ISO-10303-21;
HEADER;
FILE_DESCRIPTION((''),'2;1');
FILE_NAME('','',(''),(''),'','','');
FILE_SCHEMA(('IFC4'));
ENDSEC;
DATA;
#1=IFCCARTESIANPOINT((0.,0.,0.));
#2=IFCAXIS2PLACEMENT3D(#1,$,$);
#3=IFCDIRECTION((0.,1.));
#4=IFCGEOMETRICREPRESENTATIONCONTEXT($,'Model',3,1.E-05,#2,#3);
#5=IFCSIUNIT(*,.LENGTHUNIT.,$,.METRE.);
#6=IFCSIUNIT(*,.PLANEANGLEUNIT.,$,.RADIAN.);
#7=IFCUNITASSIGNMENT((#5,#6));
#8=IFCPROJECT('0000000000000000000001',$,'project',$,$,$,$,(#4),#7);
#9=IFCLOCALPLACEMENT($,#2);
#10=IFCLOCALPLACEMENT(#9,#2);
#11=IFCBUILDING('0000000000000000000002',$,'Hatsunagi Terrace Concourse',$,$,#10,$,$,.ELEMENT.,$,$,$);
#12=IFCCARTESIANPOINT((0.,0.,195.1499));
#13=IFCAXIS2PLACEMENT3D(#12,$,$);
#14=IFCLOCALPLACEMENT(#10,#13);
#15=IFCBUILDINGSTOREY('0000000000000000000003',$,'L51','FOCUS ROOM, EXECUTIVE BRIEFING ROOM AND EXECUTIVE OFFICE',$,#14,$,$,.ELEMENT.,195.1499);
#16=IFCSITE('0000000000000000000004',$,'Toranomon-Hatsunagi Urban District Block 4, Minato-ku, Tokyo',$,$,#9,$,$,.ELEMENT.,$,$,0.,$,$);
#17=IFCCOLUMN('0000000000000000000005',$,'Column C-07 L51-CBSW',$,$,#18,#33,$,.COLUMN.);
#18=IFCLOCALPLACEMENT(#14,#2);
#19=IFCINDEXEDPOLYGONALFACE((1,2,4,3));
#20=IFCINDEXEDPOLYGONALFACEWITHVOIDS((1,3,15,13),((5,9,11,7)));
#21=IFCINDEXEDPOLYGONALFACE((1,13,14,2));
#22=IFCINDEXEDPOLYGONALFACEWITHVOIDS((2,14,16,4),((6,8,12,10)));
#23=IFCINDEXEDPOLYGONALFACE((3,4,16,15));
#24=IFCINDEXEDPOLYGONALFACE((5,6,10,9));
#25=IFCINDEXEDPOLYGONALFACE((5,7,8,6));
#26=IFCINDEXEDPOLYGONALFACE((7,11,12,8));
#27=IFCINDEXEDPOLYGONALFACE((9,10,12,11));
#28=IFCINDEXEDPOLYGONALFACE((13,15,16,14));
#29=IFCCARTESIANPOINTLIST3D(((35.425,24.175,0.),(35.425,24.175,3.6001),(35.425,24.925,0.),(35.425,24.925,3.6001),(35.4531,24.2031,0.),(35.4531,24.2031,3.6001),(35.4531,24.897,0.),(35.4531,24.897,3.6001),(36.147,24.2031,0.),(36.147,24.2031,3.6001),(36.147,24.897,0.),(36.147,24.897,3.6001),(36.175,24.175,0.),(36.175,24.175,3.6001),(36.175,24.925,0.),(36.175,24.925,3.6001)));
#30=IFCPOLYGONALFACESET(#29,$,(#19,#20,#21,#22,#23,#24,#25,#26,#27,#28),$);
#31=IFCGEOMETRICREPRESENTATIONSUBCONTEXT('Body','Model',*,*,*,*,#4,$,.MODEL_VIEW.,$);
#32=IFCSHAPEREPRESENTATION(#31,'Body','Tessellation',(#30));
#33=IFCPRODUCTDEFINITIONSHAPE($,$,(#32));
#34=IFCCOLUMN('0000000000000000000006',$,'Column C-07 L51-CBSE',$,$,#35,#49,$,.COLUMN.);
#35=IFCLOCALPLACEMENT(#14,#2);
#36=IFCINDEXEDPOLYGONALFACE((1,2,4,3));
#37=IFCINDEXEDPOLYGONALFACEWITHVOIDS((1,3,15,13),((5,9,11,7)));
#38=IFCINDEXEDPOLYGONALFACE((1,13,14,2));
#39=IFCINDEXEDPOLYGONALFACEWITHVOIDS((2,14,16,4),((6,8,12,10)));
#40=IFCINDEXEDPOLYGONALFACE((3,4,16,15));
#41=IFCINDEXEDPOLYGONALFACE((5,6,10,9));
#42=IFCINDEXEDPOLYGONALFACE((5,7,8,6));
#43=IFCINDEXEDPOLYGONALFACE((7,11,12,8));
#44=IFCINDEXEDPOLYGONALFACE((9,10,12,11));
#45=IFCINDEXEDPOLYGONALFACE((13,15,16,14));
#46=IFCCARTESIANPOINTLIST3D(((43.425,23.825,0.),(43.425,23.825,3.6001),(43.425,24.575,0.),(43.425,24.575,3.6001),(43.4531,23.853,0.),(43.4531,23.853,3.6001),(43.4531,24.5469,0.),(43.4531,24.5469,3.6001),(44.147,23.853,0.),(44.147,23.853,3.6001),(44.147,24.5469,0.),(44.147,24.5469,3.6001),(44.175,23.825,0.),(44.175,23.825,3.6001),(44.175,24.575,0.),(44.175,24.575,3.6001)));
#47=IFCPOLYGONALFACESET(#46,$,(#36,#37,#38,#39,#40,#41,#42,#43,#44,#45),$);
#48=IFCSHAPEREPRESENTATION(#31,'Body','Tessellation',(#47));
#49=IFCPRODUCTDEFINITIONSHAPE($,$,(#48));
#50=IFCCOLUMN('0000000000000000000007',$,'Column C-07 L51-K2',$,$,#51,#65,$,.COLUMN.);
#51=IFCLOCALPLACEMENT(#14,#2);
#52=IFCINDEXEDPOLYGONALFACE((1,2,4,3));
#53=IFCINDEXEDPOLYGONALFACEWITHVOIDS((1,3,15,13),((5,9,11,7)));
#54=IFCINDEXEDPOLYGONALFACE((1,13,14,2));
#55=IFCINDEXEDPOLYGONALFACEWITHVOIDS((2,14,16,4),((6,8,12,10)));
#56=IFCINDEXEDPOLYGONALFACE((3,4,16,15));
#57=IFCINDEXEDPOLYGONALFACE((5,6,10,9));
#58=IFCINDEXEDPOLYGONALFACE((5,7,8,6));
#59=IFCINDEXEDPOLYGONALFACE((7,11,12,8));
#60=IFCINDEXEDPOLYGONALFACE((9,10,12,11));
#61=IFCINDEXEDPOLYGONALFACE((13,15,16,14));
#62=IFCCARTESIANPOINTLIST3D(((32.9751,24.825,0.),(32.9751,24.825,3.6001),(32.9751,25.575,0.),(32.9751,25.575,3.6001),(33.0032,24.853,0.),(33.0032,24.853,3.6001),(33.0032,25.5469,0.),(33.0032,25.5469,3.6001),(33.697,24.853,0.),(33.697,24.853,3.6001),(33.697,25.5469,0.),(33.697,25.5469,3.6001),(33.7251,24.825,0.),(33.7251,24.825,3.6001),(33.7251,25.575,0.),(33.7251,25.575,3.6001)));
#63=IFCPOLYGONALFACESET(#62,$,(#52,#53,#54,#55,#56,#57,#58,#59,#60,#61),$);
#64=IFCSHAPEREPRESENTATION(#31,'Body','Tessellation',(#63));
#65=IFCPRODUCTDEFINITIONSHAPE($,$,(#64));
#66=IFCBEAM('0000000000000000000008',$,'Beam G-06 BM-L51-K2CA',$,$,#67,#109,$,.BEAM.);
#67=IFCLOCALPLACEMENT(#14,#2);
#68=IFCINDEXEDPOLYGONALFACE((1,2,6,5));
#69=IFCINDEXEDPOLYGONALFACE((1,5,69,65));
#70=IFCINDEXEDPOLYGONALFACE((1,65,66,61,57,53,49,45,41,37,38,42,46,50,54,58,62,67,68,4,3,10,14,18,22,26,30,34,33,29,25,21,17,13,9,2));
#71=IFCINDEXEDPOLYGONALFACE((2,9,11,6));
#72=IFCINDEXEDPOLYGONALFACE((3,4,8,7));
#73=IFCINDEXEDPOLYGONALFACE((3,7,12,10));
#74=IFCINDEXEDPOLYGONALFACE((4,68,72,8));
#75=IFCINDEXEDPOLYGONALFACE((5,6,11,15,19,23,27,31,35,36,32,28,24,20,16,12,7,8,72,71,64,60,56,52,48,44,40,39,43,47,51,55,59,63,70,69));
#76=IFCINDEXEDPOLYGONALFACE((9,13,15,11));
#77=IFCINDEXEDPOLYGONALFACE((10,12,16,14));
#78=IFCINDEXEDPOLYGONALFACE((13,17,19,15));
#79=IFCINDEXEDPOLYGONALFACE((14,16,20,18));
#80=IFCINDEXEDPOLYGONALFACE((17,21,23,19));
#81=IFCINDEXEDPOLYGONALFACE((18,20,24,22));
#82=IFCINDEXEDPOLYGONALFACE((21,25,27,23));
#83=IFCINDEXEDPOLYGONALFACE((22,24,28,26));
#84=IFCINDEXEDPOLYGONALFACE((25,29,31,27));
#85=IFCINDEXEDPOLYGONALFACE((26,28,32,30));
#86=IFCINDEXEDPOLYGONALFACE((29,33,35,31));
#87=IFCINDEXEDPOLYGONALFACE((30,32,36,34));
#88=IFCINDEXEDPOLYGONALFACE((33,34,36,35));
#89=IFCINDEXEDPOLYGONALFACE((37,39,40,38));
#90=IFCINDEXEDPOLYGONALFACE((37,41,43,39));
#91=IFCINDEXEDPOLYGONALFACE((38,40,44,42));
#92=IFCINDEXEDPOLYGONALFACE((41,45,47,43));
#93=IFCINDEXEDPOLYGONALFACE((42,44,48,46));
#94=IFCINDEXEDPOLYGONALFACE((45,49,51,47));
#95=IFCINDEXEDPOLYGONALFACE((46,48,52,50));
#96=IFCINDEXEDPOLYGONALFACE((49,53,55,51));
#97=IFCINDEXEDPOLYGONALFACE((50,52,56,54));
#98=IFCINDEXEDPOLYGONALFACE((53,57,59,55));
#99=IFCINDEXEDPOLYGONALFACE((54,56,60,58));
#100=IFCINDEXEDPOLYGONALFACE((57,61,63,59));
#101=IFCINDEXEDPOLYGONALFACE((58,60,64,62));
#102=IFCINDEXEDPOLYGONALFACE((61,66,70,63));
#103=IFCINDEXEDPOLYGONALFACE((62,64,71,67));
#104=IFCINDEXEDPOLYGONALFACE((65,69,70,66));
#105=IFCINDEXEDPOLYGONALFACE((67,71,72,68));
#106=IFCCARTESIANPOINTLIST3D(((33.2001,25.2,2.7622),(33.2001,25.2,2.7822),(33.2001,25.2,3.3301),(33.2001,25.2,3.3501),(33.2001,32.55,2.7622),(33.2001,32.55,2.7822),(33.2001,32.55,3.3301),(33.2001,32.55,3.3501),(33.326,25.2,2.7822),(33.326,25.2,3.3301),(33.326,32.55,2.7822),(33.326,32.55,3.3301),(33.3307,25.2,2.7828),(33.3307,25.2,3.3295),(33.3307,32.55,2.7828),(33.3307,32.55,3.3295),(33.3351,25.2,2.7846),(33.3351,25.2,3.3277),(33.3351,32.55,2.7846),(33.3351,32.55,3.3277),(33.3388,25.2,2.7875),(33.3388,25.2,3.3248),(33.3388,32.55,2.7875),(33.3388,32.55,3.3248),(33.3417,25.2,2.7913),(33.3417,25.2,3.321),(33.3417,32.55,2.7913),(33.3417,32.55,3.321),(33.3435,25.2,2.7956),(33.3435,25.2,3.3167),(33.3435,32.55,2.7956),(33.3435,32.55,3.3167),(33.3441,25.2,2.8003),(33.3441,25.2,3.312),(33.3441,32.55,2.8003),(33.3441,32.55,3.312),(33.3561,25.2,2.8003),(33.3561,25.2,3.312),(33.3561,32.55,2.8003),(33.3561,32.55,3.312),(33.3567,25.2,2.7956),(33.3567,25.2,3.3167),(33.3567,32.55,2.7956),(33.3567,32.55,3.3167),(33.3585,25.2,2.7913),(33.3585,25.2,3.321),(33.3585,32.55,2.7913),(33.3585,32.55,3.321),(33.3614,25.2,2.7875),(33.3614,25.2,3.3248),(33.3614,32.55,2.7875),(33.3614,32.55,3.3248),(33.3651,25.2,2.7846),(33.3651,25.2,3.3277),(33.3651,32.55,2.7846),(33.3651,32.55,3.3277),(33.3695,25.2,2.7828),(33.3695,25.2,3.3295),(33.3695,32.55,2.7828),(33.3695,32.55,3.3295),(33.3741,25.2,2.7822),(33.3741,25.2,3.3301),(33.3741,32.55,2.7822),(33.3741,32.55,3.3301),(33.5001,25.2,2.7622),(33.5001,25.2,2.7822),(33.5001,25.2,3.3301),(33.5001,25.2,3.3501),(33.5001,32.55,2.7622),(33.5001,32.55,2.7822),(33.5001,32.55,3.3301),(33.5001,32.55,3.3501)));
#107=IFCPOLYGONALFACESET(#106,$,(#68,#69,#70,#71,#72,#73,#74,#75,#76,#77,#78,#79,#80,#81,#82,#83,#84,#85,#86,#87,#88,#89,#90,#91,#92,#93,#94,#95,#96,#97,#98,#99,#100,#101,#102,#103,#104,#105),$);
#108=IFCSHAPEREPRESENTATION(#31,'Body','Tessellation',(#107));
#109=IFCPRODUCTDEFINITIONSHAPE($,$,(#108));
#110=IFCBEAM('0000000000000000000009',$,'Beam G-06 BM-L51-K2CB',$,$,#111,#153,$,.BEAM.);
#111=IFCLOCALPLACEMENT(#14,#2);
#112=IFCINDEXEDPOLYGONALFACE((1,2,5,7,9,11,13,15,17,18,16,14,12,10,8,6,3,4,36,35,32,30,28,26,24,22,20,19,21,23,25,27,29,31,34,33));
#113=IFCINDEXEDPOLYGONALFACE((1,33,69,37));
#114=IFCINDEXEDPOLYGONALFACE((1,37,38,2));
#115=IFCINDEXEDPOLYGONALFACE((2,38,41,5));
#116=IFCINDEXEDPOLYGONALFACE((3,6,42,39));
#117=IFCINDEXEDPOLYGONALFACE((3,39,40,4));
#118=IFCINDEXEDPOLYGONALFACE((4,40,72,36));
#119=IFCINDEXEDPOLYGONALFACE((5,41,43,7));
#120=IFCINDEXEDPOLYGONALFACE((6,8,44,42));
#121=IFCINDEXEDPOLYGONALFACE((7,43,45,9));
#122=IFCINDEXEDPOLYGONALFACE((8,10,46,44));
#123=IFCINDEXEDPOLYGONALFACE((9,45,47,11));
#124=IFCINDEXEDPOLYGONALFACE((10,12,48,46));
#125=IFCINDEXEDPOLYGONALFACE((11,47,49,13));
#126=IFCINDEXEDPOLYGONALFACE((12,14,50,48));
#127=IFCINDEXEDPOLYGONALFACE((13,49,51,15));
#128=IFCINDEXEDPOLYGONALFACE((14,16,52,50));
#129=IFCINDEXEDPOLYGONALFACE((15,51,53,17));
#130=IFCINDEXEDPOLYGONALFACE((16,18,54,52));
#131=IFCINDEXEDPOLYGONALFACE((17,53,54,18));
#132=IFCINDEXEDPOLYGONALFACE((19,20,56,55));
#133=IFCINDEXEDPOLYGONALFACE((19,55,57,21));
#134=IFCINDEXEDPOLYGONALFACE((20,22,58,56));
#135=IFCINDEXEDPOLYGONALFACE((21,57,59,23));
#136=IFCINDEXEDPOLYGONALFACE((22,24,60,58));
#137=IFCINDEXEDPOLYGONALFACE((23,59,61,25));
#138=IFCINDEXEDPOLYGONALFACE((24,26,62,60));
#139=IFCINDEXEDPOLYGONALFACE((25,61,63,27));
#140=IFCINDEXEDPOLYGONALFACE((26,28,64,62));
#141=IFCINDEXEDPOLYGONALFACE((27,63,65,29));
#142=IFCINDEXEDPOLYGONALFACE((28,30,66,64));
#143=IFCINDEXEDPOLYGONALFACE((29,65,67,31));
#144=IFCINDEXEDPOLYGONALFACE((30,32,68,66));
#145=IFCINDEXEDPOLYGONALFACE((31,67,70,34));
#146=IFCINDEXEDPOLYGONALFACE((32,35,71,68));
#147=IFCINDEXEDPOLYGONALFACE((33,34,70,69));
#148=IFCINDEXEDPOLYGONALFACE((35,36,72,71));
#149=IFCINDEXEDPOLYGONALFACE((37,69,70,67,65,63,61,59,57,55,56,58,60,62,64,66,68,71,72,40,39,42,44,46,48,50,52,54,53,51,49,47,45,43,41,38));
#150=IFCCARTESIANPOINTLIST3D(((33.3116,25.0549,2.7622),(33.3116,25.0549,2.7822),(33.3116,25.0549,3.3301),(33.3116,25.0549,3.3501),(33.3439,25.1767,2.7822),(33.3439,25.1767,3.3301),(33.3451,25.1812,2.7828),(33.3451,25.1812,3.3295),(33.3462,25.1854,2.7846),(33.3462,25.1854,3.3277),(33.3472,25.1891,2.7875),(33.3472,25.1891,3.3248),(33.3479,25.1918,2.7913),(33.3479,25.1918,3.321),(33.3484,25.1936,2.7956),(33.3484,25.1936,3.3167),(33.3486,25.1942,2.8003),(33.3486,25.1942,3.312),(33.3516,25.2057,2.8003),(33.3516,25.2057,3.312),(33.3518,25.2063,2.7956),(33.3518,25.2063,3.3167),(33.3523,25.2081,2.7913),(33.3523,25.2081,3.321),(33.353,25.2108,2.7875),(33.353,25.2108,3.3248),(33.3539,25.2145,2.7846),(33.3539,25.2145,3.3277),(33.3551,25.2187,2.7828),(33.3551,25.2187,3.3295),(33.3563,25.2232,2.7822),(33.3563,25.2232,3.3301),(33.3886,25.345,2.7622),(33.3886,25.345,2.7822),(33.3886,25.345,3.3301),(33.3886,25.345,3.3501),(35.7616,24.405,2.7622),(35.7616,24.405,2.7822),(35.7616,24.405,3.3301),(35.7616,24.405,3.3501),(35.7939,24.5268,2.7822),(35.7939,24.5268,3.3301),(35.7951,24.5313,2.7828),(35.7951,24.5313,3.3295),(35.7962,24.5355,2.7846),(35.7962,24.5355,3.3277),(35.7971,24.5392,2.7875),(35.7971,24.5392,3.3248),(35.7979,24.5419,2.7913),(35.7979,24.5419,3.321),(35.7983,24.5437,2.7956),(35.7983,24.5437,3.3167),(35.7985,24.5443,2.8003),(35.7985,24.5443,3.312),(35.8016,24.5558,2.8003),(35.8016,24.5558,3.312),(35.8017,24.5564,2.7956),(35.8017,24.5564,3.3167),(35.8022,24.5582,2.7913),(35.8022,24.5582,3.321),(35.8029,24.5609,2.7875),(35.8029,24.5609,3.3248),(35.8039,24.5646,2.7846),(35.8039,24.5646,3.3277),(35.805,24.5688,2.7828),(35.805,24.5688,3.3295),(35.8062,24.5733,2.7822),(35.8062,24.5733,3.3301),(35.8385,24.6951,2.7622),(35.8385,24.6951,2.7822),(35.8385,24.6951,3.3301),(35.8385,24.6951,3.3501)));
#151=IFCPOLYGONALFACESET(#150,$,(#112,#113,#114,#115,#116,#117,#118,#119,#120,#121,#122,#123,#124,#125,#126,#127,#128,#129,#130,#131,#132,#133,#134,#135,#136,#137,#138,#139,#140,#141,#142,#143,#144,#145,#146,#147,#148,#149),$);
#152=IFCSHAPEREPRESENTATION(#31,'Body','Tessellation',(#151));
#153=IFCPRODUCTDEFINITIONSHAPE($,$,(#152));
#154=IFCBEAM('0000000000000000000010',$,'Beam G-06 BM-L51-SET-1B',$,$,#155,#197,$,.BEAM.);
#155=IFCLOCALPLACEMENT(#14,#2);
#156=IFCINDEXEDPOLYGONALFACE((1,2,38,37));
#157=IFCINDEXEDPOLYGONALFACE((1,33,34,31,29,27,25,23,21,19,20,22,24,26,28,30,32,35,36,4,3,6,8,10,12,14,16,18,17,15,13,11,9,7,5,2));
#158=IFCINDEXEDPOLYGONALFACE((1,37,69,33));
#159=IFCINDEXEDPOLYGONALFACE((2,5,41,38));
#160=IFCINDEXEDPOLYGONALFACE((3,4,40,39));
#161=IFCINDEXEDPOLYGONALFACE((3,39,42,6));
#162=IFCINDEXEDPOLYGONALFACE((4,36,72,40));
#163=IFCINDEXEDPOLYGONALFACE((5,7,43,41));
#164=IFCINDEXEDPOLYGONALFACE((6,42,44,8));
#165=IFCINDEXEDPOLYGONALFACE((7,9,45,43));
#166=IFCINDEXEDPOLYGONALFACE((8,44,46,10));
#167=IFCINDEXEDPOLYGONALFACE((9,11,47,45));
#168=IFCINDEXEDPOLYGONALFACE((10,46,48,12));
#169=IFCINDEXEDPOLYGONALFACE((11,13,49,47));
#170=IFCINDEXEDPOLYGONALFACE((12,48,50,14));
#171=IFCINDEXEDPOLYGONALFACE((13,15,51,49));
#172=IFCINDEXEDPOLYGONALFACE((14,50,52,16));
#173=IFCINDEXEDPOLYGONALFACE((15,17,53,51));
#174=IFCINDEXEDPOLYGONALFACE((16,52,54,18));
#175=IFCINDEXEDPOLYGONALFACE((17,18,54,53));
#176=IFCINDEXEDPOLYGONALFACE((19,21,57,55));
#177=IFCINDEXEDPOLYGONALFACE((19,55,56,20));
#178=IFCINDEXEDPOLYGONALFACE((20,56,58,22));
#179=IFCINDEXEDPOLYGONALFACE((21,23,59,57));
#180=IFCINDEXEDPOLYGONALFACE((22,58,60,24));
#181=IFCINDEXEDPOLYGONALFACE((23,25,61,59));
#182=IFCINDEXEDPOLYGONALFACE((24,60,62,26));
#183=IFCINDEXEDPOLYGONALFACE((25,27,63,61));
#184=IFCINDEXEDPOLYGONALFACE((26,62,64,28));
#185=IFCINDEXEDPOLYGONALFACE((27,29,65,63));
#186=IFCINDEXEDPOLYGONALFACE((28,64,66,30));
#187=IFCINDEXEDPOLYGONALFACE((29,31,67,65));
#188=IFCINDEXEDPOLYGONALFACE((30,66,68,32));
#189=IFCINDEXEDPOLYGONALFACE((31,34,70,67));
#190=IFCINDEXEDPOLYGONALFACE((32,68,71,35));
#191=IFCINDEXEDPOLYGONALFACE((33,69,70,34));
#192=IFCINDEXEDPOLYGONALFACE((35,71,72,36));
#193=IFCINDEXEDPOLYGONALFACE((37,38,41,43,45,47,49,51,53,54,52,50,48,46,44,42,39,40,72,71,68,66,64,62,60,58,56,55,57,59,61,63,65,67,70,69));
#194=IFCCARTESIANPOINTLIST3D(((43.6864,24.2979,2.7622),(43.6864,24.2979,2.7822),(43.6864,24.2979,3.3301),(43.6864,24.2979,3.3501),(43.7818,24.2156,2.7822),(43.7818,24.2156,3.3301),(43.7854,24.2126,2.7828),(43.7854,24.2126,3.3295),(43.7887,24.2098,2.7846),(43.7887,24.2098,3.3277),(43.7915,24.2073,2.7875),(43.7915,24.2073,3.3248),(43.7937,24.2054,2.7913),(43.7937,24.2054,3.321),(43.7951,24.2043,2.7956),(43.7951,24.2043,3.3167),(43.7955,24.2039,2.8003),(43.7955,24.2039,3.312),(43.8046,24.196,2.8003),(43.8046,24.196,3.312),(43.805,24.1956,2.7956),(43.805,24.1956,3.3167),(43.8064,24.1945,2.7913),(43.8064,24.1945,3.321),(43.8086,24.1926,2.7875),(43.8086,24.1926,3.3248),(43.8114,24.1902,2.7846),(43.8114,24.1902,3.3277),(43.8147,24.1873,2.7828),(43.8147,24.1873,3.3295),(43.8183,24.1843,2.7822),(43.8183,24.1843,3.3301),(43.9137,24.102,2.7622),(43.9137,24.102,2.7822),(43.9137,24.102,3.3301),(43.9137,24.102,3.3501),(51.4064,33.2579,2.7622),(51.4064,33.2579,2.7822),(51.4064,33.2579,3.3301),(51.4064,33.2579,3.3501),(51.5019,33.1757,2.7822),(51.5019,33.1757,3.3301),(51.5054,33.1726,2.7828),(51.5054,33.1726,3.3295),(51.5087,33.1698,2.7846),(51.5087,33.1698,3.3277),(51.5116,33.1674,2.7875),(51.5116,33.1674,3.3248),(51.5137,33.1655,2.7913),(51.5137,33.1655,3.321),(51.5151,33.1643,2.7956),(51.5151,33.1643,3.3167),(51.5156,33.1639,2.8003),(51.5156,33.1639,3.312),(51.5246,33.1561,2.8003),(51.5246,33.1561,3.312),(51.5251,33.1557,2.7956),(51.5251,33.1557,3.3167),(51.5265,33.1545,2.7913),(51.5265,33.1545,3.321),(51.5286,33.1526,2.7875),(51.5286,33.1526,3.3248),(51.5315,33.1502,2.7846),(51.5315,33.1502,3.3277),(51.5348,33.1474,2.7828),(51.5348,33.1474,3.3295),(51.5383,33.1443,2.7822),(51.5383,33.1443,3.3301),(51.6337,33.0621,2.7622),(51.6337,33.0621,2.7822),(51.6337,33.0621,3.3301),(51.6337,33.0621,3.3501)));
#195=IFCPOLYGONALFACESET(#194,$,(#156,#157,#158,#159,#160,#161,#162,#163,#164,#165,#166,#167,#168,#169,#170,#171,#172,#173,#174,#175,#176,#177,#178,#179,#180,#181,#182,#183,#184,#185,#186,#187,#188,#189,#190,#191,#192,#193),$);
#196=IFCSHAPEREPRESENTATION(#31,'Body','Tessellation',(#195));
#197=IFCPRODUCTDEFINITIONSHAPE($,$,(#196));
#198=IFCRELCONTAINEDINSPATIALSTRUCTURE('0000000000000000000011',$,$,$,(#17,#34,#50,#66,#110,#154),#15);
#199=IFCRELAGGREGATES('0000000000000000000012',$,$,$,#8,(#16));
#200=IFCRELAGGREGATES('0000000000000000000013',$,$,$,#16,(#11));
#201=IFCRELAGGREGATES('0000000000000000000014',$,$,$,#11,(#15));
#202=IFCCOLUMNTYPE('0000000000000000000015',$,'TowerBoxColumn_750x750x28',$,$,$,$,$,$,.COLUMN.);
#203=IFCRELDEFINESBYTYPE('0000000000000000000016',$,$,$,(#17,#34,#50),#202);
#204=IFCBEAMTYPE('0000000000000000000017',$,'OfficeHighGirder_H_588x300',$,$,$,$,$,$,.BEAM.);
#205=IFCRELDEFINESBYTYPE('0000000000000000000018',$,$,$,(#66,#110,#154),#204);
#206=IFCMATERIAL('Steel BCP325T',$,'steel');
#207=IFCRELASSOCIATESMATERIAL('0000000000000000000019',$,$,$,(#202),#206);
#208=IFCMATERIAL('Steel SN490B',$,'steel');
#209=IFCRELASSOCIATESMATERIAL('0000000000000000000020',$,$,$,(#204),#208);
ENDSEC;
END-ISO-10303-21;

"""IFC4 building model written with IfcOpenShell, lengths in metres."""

from ifc_helpers import new_model, si_unit, direction, frame, origin, origin_2d, place, context, subcontext, project, spatial, hollow_rectangle, i_section, extrude, material, material_profile, profile_set, type_object, element, save


model = new_model("IFC4")

# Units and contexts
model_context = context("Model", 3, precision=1e-05, world=origin(), true_north=direction((0.0, 1.0)))
body_context = subcontext(model_context, "Body", "Model", "MODEL_VIEW")
ifc_project = project(units=[si_unit("LENGTHUNIT", "METRE"), si_unit("PLANEANGLEUNIT", "RADIAN")], contexts=[model_context])

# Site, building, storey
site_placement = place(None, origin())
site = spatial("IfcSite", under=ifc_project, at=site_placement, Name="Toranomon-Hatsunagi Urban District Block 4, Minato-ku, Tokyo", CompositionType="ELEMENT", RefElevation=0.0)
building_placement = place(site_placement, origin())
building = spatial("IfcBuilding", under=site, at=building_placement, Name="Hatsunagi Terrace Concourse", CompositionType="ELEMENT")
storey_placement = place(building_placement, frame((0.0, 0.0, 195.1499)))
storey = spatial("IfcBuildingStorey", under=building, at=storey_placement, Name="L51", Description="FOCUS ROOM, EXECUTIVE BRIEFING ROOM AND EXECUTIVE OFFICE", CompositionType="ELEMENT", Elevation=195.1499)

# Columns
ifc_material_1 = material(Name="Steel BCP325T", Category="steel")
ifc_material_profile_1 = material_profile(ifc_material_1, hollow_rectangle(XDim=0.75, YDim=0.75, WallThickness=0.0281, at=origin_2d()), Name="BCP-750x750x28")
ifc_profile_set_1 = profile_set([ifc_material_profile_1], Name="Steel BCP325T")
column_type = type_object("IfcColumnType", Name="TowerBoxColumn_750x750x28", PredefinedType="COLUMN", material=ifc_profile_set_1)
for number, where, z_axis, x_axis, name in (
    (1, (35.8, 24.55, 0.0), (0.0, 0.0, 1.0), (1.0, 0.0, 0.0), "Column C-07 L51-CBSW"),
    (2, (43.8, 24.2, 0.0), (0.0, 0.0, 1.0), (1.0, 0.0, 0.0), "Column C-07 L51-CBSE"),
    (3, (33.3501, 25.2, 0.0), (0.0, 0.0, 1.0), (1.0, 0.0, 0.0), "Column C-07 L51-K2"),
):
    element("IfcColumn", number, at=place(storey_placement, frame(where, z_axis=z_axis, x_axis=x_axis)), inside=storey, type_object=column_type, Name=name, PredefinedType="COLUMN", context=body_context, shape_type="SweptSolid", body=[
        extrude(hollow_rectangle(XDim=0.75, YDim=0.75, WallThickness=0.0281, at=origin_2d()), origin(), (0.0, 0.0, 1.0), 3.6001),
    ])

# Beams
ifc_material_2 = material(Name="Steel SN490B", Category="steel")
ifc_material_profile_2 = material_profile(ifc_material_2, i_section(OverallWidth=0.3, OverallDepth=0.5879, WebThickness=0.012, FlangeThickness=0.02, FilletRadius=0.0181, at=origin_2d()), Name="H-588x300x12x20")
ifc_profile_set_2 = profile_set([ifc_material_profile_2], Name="Steel SN490B")
beam_type_1 = type_object("IfcBeamType", Name="OfficeHighGirder_H_588x300", PredefinedType="BEAM", material=ifc_profile_set_2)
beam_1_placement = place(storey_placement, frame((33.3501, 25.2, 3.0562), z_axis=(0.0, 1.0, 0.0), x_axis=(-1.0, 0.0, 0.0)))
element("IfcBeam", 4, at=beam_1_placement, inside=storey, type_object=beam_type_1, Name="Beam G-06 BM-L51-K2CA", PredefinedType="BEAM", context=body_context, shape_type="SweptSolid", body=[
    extrude(i_section(OverallWidth=0.3, OverallDepth=0.5879, WebThickness=0.012, FlangeThickness=0.02, FilletRadius=0.0181, at=origin_2d()), origin(), (0.0, 0.0, 1.0), 7.3501),
])
beam_2_placement = place(storey_placement, frame((33.3501, 25.2, 3.0562), z_axis=(0.96657, -0.256403, 0.0), x_axis=(0.256403, 0.96657, 0.0)))
element("IfcBeam", 5, at=beam_2_placement, inside=storey, type_object=beam_type_1, Name="Beam G-06 BM-L51-K2CB", PredefinedType="BEAM", context=body_context, shape_type="SweptSolid", body=[
    extrude(i_section(OverallWidth=0.3, OverallDepth=0.5879, WebThickness=0.012, FlangeThickness=0.02, FilletRadius=0.0181, at=origin_2d()), origin(), (0.0, 0.0, 1.0), 2.5347),
])
beam_3_placement = place(storey_placement, frame((43.8, 24.2, 3.0562), z_axis=(0.652739, 0.757583, 0.0), x_axis=(-0.757583, 0.652739, 0.0)))
element("IfcBeam", 6, at=beam_3_placement, inside=storey, type_object=beam_type_1, Name="Beam G-06 BM-L51-SET-1B", PredefinedType="BEAM", context=body_context, shape_type="SweptSolid", body=[
    extrude(i_section(OverallWidth=0.3, OverallDepth=0.5879, WebThickness=0.012, FlangeThickness=0.02, FilletRadius=0.0181, at=origin_2d()), origin(), (0.0, 0.0, 1.0), 11.8271),
])

save(model, "model.ifc")
